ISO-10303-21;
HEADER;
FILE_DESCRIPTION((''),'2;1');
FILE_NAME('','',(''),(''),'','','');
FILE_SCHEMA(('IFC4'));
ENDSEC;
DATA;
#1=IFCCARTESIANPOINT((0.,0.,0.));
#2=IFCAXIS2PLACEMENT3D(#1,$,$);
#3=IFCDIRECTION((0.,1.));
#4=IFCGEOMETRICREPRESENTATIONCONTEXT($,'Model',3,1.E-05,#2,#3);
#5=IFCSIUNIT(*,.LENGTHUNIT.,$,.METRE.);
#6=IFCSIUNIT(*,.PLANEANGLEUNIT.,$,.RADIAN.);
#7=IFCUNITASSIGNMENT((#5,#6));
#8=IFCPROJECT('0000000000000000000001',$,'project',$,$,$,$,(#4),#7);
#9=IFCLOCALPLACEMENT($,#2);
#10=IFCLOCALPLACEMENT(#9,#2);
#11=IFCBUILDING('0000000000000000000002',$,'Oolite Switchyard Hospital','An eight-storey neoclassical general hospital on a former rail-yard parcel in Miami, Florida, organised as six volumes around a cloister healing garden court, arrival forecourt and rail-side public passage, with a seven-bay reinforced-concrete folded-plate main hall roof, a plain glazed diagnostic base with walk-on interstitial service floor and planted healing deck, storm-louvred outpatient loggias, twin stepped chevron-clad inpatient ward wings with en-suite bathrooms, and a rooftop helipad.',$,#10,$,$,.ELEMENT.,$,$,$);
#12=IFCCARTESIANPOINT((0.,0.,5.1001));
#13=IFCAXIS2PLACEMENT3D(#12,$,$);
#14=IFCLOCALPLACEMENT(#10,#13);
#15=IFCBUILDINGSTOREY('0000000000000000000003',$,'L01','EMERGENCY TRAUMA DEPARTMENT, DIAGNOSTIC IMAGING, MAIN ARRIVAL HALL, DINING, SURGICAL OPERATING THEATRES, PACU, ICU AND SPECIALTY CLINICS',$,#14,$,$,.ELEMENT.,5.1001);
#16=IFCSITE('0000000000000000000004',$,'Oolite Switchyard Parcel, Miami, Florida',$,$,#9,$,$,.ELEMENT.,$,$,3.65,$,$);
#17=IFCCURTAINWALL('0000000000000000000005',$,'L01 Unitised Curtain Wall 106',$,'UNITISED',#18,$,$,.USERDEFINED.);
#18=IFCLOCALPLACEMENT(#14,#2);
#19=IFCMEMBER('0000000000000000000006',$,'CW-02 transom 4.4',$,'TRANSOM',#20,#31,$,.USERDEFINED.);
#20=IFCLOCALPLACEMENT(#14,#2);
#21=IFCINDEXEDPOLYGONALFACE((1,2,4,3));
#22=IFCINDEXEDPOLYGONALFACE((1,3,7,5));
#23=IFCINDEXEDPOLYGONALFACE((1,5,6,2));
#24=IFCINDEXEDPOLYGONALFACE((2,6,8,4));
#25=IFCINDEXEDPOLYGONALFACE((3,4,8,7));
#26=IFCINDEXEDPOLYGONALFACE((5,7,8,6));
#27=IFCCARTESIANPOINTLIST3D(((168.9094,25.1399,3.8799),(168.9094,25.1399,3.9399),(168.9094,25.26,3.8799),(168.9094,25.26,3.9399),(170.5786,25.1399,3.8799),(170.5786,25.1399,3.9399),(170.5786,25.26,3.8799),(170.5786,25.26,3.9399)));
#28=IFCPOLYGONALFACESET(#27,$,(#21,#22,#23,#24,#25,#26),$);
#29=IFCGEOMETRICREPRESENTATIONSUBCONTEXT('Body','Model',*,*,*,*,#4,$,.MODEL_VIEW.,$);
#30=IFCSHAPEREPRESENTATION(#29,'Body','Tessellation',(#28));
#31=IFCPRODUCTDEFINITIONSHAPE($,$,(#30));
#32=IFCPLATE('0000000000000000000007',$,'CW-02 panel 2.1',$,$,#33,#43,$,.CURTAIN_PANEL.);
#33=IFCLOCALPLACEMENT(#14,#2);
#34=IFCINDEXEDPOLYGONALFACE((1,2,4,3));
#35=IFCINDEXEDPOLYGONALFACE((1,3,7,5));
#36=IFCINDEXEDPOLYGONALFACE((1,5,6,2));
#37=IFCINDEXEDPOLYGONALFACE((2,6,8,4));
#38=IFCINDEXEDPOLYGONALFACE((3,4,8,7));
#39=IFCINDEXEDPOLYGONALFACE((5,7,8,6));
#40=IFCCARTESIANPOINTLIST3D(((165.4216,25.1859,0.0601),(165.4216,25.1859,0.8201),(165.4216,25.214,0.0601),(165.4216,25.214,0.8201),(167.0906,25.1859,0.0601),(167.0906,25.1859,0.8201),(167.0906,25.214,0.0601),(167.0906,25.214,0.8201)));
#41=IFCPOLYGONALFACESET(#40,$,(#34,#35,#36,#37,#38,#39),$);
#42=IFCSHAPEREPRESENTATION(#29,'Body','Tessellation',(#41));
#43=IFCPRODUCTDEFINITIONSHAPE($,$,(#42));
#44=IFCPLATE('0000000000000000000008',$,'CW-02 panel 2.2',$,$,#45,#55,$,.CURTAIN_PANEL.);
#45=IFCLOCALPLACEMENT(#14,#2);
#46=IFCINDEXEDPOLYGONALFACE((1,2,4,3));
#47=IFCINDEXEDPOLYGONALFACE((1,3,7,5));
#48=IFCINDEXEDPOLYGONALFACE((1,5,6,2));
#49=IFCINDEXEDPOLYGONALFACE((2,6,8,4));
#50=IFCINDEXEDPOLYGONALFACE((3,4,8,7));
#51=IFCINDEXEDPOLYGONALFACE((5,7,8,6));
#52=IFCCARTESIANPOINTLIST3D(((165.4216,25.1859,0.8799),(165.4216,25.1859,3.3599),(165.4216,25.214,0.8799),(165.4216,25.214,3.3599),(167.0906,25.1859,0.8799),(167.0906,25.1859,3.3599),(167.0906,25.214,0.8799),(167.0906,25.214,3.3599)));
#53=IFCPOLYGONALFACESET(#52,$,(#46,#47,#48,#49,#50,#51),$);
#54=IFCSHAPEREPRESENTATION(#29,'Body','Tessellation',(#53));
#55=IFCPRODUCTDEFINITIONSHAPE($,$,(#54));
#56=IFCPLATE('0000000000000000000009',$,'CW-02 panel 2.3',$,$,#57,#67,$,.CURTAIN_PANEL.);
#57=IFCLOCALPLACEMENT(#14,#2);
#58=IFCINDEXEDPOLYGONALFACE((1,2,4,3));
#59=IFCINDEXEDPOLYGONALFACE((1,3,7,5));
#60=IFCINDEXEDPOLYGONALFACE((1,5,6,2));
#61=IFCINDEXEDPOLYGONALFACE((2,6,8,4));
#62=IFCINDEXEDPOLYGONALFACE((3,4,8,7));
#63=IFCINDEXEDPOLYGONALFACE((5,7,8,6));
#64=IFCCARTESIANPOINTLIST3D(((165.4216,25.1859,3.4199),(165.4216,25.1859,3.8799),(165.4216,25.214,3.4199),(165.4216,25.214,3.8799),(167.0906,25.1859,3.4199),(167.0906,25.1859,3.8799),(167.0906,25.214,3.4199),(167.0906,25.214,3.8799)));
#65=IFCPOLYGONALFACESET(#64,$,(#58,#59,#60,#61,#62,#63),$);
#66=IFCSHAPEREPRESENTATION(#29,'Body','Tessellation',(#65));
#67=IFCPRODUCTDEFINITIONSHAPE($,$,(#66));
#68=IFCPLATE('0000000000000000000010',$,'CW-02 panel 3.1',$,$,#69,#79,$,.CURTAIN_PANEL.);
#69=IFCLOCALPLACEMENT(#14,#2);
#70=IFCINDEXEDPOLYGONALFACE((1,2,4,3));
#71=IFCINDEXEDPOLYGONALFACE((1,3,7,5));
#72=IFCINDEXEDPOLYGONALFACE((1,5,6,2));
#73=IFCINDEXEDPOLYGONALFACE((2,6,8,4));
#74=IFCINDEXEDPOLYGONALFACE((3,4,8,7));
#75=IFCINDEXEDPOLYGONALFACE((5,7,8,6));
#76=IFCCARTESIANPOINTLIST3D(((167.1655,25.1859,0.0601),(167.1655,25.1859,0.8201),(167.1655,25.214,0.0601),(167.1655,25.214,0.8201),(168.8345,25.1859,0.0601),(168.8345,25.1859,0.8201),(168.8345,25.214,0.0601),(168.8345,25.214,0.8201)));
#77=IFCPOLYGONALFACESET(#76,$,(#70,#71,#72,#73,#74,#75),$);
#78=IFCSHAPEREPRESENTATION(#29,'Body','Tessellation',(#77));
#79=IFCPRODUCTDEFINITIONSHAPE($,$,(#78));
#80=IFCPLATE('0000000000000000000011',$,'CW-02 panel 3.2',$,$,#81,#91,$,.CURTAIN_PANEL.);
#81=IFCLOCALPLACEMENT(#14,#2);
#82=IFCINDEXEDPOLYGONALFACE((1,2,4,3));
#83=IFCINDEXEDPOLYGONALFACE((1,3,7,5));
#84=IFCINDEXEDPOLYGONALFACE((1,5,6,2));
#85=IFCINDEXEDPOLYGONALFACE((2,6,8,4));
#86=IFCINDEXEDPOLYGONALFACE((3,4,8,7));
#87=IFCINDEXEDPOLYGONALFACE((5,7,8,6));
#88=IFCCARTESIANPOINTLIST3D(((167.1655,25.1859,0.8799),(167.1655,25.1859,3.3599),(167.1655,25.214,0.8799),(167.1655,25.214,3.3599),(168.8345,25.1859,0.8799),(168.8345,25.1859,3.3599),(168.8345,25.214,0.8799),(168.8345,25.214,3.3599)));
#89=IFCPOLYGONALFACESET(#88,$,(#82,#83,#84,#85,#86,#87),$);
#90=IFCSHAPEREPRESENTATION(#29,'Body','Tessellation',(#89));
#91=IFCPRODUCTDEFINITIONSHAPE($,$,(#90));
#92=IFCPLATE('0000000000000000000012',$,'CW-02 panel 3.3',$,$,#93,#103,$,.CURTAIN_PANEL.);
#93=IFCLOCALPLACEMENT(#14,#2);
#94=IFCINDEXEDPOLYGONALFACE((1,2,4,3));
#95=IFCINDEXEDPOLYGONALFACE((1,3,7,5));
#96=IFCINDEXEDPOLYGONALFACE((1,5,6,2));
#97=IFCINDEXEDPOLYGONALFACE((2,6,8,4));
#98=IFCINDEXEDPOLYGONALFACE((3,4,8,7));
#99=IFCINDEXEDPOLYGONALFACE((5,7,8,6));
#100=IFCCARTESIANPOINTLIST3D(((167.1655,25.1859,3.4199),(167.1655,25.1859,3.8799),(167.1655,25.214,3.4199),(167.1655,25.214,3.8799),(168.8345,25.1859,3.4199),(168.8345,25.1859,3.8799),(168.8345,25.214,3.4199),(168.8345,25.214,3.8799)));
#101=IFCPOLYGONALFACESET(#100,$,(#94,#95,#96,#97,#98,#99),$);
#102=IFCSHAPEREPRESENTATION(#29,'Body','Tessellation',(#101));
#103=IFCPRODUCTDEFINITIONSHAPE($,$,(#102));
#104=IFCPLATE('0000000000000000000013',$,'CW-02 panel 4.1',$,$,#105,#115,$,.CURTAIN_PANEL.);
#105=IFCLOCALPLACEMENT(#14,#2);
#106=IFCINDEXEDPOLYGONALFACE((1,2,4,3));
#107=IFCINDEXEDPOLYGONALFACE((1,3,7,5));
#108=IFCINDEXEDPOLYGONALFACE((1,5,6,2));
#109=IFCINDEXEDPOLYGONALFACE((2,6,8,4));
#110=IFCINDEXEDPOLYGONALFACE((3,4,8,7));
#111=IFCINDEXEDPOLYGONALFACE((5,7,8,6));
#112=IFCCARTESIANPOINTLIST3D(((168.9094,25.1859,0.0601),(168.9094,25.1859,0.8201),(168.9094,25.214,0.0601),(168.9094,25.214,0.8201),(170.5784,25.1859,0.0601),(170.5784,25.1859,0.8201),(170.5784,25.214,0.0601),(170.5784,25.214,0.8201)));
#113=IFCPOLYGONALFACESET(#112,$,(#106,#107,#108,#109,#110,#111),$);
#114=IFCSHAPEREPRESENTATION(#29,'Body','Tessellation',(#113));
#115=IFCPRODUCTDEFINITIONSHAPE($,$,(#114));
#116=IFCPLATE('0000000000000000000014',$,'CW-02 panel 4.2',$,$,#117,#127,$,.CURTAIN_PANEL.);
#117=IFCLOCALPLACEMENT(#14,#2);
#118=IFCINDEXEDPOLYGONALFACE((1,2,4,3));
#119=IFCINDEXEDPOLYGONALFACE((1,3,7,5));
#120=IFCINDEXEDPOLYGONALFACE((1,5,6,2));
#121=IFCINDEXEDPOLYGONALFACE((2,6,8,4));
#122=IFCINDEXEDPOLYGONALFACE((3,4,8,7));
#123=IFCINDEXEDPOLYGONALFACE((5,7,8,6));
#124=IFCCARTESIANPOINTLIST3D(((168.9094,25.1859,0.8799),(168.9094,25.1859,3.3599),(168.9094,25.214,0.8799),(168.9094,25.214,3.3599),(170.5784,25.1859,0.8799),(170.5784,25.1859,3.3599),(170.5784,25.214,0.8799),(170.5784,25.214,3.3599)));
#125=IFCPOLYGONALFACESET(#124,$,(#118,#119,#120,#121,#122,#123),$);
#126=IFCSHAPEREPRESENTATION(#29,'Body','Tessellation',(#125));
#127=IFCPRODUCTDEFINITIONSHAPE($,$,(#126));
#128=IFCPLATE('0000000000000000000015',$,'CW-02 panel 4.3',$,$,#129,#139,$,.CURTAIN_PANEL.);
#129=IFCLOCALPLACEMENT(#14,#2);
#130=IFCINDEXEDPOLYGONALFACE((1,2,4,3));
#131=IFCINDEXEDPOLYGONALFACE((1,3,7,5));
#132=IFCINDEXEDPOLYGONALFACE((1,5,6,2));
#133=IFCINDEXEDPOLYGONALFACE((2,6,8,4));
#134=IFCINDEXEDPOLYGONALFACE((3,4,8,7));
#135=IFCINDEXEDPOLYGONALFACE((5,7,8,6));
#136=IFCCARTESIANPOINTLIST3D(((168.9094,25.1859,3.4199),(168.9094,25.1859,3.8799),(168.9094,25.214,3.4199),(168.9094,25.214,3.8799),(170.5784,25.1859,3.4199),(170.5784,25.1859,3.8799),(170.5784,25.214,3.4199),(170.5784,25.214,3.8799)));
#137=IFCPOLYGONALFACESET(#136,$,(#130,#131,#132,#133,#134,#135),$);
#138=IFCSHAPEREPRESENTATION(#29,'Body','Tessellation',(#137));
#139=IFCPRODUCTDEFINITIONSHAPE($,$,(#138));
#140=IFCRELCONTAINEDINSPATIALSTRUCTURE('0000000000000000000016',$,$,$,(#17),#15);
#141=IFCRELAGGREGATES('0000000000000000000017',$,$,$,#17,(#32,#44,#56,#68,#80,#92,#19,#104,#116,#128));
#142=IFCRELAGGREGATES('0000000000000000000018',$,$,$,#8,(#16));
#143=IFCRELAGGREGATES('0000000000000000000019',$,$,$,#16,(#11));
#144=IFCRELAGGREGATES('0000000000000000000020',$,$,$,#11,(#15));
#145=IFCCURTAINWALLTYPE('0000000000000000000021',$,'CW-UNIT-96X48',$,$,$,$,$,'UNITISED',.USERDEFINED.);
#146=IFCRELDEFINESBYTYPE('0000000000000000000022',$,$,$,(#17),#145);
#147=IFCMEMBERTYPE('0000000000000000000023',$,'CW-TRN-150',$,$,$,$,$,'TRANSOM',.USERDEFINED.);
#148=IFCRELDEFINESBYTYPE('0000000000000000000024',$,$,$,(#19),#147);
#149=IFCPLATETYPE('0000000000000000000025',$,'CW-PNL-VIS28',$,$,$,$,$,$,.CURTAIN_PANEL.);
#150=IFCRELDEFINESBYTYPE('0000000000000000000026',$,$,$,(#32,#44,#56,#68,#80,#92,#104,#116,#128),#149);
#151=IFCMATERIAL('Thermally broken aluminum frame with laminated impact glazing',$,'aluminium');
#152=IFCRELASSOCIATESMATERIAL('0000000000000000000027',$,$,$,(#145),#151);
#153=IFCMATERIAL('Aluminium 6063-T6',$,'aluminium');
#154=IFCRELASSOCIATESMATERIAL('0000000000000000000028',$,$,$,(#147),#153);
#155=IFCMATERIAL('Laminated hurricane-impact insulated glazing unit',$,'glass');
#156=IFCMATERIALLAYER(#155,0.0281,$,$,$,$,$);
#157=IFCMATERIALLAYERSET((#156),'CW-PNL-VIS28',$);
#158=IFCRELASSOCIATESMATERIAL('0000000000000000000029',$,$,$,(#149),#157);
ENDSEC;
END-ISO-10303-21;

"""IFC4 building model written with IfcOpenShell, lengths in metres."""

from ifc_helpers import new_model, si_unit, direction, frame, origin, origin_2d, place, context, subcontext, project, spatial, rectangle, extrude, material, layer, layer_set, material_profile, profile_set, type_object, element, aggregate, save


model = new_model("IFC4")

# Units and contexts
model_context = context("Model", 3, precision=1e-05, world=origin(), true_north=direction((0.0, 1.0)))
body_context = subcontext(model_context, "Body", "Model", "MODEL_VIEW")
ifc_project = project(units=[si_unit("LENGTHUNIT", "METRE"), si_unit("PLANEANGLEUNIT", "RADIAN")], contexts=[model_context])

# Site, building, storey
site_placement = place(None, origin())
site = spatial("IfcSite", under=ifc_project, at=site_placement, Name="Oolite Switchyard Parcel, Miami, Florida", CompositionType="ELEMENT", RefElevation=3.65)
building_placement = place(site_placement, origin())
building = spatial("IfcBuilding", under=site, at=building_placement, Name="Oolite Switchyard Hospital", Description="An eight-storey neoclassical general hospital on a former rail-yard parcel in Miami, Florida, organised as six volumes around a cloister healing garden court, arrival forecourt and rail-side public passage, with a seven-bay reinforced-concrete folded-plate main hall roof, a plain glazed diagnostic base with walk-on interstitial service floor and planted healing deck, storm-louvred outpatient loggias, twin stepped chevron-clad inpatient ward wings with en-suite bathrooms, and a rooftop helipad.", CompositionType="ELEMENT")
storey_placement = place(building_placement, frame((0.0, 0.0, 5.1001)))
storey = spatial("IfcBuildingStorey", under=building, at=storey_placement, Name="L01", Description="EMERGENCY TRAUMA DEPARTMENT, DIAGNOSTIC IMAGING, MAIN ARRIVAL HALL, DINING, SURGICAL OPERATING THEATRES, PACU, ICU AND SPECIALTY CLINICS", CompositionType="ELEMENT", Elevation=5.1001)

# Curtain wall, member, plates
ifc_material_1 = material(Name="Thermally broken aluminum frame with laminated impact glazing", Category="aluminium")
curtain_wall_type = type_object("IfcCurtainWallType", Name="CW-UNIT-96X48", ElementType="UNITISED", PredefinedType="USERDEFINED", material=ifc_material_1)
curtain_wall_placement = place(storey_placement, origin())
curtain_wall = element("IfcCurtainWall", 1, at=curtain_wall_placement, inside=storey, type_object=curtain_wall_type, Name="L01 Unitised Curtain Wall 106", ObjectType="UNITISED", PredefinedType="USERDEFINED")
ifc_material_2 = material(Name="Aluminium 6063-T6", Category="aluminium")
ifc_material_profile_1 = material_profile(ifc_material_2, rectangle(XDim=0.1201, YDim=0.0601, at=origin_2d()), Name="CWT60X120")
ifc_profile_set_1 = profile_set([ifc_material_profile_1], Name="Aluminium 6063-T6")
member_type_1 = type_object("IfcMemberType", Name="CW-TRN-150", ElementType="TRANSOM", PredefinedType="USERDEFINED", material=ifc_profile_set_1)
member_1_placement = place(storey_placement, frame((168.9094, 25.2, 3.9099), z_axis=(1.0, 0.0, 0.0), x_axis=(0.0, 1.0, 0.0)))
member_1 = element("IfcMember", 2, at=member_1_placement, type_object=member_type_1, Name="CW-02 transom 4.4", ObjectType="TRANSOM", PredefinedType="USERDEFINED", context=body_context, shape_type="SweptSolid", body=[
    extrude(rectangle(XDim=0.1201, YDim=0.0601, at=origin_2d()), origin(), (0.0, 0.0, 1.0), 1.6692),
])
ifc_material_3 = material(Name="Laminated hurricane-impact insulated glazing unit", Category="glass")
ifc_layer = layer(ifc_material_3, 0.0281)
ifc_layer_set = layer_set([ifc_layer], Name="CW-PNL-VIS28")
plate_type = type_object("IfcPlateType", Name="CW-PNL-VIS28", PredefinedType="CURTAIN_PANEL", material=ifc_layer_set)
plate_1_placement = place(storey_placement, frame((166.2561, 25.2, 0.0601), z_axis=(0.0, 0.0, 1.0), x_axis=(1.0, 0.0, 0.0)))
plate_1 = element("IfcPlate", 3, at=plate_1_placement, type_object=plate_type, Name="CW-02 panel 2.1", PredefinedType="CURTAIN_PANEL", context=body_context, shape_type="SweptSolid", body=[
    extrude(rectangle(XDim=1.6689, YDim=0.0281, at=origin_2d()), origin(), (0.0, 0.0, 1.0), 0.76),
])
plate_2_placement = place(storey_placement, frame((166.2561, 25.2, 0.8799), z_axis=(0.0, 0.0, 1.0), x_axis=(1.0, 0.0, 0.0)))
plate_2 = element("IfcPlate", 4, at=plate_2_placement, type_object=plate_type, Name="CW-02 panel 2.2", PredefinedType="CURTAIN_PANEL", context=body_context, shape_type="SweptSolid", body=[
    extrude(rectangle(XDim=1.6689, YDim=0.0281, at=origin_2d()), origin(), (0.0, 0.0, 1.0), 2.48),
])
plate_3_placement = place(storey_placement, frame((166.2561, 25.2, 3.4199), z_axis=(0.0, 0.0, 1.0), x_axis=(1.0, 0.0, 0.0)))
plate_3 = element("IfcPlate", 5, at=plate_3_placement, type_object=plate_type, Name="CW-02 panel 2.3", PredefinedType="CURTAIN_PANEL", context=body_context, shape_type="SweptSolid", body=[
    extrude(rectangle(XDim=1.6689, YDim=0.0281, at=origin_2d()), origin(), (0.0, 0.0, 1.0), 0.46),
])
plate_4_placement = place(storey_placement, frame((168.0, 25.2, 0.0601), z_axis=(0.0, 0.0, 1.0), x_axis=(1.0, 0.0, 0.0)))
plate_4 = element("IfcPlate", 6, at=plate_4_placement, type_object=plate_type, Name="CW-02 panel 3.1", PredefinedType="CURTAIN_PANEL", context=body_context, shape_type="SweptSolid", body=[
    extrude(rectangle(XDim=1.6689, YDim=0.0281, at=origin_2d()), origin(), (0.0, 0.0, 1.0), 0.76),
])
plate_5_placement = place(storey_placement, frame((168.0, 25.2, 0.8799), z_axis=(0.0, 0.0, 1.0), x_axis=(1.0, 0.0, 0.0)))
plate_5 = element("IfcPlate", 7, at=plate_5_placement, type_object=plate_type, Name="CW-02 panel 3.2", PredefinedType="CURTAIN_PANEL", context=body_context, shape_type="SweptSolid", body=[
    extrude(rectangle(XDim=1.6689, YDim=0.0281, at=origin_2d()), origin(), (0.0, 0.0, 1.0), 2.48),
])
plate_6_placement = place(storey_placement, frame((168.0, 25.2, 3.4199), z_axis=(0.0, 0.0, 1.0), x_axis=(1.0, 0.0, 0.0)))
plate_6 = element("IfcPlate", 8, at=plate_6_placement, type_object=plate_type, Name="CW-02 panel 3.3", PredefinedType="CURTAIN_PANEL", context=body_context, shape_type="SweptSolid", body=[
    extrude(rectangle(XDim=1.6689, YDim=0.0281, at=origin_2d()), origin(), (0.0, 0.0, 1.0), 0.46),
])
plate_7_placement = place(storey_placement, frame((169.7439, 25.2, 0.0601), z_axis=(0.0, 0.0, 1.0), x_axis=(1.0, 0.0, 0.0)))
plate_7 = element("IfcPlate", 9, at=plate_7_placement, type_object=plate_type, Name="CW-02 panel 4.1", PredefinedType="CURTAIN_PANEL", context=body_context, shape_type="SweptSolid", body=[
    extrude(rectangle(XDim=1.6689, YDim=0.0281, at=origin_2d()), origin(), (0.0, 0.0, 1.0), 0.76),
])
plate_8_placement = place(storey_placement, frame((169.7439, 25.2, 0.8799), z_axis=(0.0, 0.0, 1.0), x_axis=(1.0, 0.0, 0.0)))
plate_8 = element("IfcPlate", 10, at=plate_8_placement, type_object=plate_type, Name="CW-02 panel 4.2", PredefinedType="CURTAIN_PANEL", context=body_context, shape_type="SweptSolid", body=[
    extrude(rectangle(XDim=1.6689, YDim=0.0281, at=origin_2d()), origin(), (0.0, 0.0, 1.0), 2.48),
])
plate_9_placement = place(storey_placement, frame((169.7439, 25.2, 3.4199), z_axis=(0.0, 0.0, 1.0), x_axis=(1.0, 0.0, 0.0)))
plate_9 = element("IfcPlate", 11, at=plate_9_placement, type_object=plate_type, Name="CW-02 panel 4.3", PredefinedType="CURTAIN_PANEL", context=body_context, shape_type="SweptSolid", body=[
    extrude(rectangle(XDim=1.6689, YDim=0.0281, at=origin_2d()), origin(), (0.0, 0.0, 1.0), 0.46),
])
aggregate(curtain_wall, [plate_1, plate_2, plate_3, plate_4, plate_5, plate_6, member_1, plate_7, plate_8, plate_9])

save(model, "model.ifc")
